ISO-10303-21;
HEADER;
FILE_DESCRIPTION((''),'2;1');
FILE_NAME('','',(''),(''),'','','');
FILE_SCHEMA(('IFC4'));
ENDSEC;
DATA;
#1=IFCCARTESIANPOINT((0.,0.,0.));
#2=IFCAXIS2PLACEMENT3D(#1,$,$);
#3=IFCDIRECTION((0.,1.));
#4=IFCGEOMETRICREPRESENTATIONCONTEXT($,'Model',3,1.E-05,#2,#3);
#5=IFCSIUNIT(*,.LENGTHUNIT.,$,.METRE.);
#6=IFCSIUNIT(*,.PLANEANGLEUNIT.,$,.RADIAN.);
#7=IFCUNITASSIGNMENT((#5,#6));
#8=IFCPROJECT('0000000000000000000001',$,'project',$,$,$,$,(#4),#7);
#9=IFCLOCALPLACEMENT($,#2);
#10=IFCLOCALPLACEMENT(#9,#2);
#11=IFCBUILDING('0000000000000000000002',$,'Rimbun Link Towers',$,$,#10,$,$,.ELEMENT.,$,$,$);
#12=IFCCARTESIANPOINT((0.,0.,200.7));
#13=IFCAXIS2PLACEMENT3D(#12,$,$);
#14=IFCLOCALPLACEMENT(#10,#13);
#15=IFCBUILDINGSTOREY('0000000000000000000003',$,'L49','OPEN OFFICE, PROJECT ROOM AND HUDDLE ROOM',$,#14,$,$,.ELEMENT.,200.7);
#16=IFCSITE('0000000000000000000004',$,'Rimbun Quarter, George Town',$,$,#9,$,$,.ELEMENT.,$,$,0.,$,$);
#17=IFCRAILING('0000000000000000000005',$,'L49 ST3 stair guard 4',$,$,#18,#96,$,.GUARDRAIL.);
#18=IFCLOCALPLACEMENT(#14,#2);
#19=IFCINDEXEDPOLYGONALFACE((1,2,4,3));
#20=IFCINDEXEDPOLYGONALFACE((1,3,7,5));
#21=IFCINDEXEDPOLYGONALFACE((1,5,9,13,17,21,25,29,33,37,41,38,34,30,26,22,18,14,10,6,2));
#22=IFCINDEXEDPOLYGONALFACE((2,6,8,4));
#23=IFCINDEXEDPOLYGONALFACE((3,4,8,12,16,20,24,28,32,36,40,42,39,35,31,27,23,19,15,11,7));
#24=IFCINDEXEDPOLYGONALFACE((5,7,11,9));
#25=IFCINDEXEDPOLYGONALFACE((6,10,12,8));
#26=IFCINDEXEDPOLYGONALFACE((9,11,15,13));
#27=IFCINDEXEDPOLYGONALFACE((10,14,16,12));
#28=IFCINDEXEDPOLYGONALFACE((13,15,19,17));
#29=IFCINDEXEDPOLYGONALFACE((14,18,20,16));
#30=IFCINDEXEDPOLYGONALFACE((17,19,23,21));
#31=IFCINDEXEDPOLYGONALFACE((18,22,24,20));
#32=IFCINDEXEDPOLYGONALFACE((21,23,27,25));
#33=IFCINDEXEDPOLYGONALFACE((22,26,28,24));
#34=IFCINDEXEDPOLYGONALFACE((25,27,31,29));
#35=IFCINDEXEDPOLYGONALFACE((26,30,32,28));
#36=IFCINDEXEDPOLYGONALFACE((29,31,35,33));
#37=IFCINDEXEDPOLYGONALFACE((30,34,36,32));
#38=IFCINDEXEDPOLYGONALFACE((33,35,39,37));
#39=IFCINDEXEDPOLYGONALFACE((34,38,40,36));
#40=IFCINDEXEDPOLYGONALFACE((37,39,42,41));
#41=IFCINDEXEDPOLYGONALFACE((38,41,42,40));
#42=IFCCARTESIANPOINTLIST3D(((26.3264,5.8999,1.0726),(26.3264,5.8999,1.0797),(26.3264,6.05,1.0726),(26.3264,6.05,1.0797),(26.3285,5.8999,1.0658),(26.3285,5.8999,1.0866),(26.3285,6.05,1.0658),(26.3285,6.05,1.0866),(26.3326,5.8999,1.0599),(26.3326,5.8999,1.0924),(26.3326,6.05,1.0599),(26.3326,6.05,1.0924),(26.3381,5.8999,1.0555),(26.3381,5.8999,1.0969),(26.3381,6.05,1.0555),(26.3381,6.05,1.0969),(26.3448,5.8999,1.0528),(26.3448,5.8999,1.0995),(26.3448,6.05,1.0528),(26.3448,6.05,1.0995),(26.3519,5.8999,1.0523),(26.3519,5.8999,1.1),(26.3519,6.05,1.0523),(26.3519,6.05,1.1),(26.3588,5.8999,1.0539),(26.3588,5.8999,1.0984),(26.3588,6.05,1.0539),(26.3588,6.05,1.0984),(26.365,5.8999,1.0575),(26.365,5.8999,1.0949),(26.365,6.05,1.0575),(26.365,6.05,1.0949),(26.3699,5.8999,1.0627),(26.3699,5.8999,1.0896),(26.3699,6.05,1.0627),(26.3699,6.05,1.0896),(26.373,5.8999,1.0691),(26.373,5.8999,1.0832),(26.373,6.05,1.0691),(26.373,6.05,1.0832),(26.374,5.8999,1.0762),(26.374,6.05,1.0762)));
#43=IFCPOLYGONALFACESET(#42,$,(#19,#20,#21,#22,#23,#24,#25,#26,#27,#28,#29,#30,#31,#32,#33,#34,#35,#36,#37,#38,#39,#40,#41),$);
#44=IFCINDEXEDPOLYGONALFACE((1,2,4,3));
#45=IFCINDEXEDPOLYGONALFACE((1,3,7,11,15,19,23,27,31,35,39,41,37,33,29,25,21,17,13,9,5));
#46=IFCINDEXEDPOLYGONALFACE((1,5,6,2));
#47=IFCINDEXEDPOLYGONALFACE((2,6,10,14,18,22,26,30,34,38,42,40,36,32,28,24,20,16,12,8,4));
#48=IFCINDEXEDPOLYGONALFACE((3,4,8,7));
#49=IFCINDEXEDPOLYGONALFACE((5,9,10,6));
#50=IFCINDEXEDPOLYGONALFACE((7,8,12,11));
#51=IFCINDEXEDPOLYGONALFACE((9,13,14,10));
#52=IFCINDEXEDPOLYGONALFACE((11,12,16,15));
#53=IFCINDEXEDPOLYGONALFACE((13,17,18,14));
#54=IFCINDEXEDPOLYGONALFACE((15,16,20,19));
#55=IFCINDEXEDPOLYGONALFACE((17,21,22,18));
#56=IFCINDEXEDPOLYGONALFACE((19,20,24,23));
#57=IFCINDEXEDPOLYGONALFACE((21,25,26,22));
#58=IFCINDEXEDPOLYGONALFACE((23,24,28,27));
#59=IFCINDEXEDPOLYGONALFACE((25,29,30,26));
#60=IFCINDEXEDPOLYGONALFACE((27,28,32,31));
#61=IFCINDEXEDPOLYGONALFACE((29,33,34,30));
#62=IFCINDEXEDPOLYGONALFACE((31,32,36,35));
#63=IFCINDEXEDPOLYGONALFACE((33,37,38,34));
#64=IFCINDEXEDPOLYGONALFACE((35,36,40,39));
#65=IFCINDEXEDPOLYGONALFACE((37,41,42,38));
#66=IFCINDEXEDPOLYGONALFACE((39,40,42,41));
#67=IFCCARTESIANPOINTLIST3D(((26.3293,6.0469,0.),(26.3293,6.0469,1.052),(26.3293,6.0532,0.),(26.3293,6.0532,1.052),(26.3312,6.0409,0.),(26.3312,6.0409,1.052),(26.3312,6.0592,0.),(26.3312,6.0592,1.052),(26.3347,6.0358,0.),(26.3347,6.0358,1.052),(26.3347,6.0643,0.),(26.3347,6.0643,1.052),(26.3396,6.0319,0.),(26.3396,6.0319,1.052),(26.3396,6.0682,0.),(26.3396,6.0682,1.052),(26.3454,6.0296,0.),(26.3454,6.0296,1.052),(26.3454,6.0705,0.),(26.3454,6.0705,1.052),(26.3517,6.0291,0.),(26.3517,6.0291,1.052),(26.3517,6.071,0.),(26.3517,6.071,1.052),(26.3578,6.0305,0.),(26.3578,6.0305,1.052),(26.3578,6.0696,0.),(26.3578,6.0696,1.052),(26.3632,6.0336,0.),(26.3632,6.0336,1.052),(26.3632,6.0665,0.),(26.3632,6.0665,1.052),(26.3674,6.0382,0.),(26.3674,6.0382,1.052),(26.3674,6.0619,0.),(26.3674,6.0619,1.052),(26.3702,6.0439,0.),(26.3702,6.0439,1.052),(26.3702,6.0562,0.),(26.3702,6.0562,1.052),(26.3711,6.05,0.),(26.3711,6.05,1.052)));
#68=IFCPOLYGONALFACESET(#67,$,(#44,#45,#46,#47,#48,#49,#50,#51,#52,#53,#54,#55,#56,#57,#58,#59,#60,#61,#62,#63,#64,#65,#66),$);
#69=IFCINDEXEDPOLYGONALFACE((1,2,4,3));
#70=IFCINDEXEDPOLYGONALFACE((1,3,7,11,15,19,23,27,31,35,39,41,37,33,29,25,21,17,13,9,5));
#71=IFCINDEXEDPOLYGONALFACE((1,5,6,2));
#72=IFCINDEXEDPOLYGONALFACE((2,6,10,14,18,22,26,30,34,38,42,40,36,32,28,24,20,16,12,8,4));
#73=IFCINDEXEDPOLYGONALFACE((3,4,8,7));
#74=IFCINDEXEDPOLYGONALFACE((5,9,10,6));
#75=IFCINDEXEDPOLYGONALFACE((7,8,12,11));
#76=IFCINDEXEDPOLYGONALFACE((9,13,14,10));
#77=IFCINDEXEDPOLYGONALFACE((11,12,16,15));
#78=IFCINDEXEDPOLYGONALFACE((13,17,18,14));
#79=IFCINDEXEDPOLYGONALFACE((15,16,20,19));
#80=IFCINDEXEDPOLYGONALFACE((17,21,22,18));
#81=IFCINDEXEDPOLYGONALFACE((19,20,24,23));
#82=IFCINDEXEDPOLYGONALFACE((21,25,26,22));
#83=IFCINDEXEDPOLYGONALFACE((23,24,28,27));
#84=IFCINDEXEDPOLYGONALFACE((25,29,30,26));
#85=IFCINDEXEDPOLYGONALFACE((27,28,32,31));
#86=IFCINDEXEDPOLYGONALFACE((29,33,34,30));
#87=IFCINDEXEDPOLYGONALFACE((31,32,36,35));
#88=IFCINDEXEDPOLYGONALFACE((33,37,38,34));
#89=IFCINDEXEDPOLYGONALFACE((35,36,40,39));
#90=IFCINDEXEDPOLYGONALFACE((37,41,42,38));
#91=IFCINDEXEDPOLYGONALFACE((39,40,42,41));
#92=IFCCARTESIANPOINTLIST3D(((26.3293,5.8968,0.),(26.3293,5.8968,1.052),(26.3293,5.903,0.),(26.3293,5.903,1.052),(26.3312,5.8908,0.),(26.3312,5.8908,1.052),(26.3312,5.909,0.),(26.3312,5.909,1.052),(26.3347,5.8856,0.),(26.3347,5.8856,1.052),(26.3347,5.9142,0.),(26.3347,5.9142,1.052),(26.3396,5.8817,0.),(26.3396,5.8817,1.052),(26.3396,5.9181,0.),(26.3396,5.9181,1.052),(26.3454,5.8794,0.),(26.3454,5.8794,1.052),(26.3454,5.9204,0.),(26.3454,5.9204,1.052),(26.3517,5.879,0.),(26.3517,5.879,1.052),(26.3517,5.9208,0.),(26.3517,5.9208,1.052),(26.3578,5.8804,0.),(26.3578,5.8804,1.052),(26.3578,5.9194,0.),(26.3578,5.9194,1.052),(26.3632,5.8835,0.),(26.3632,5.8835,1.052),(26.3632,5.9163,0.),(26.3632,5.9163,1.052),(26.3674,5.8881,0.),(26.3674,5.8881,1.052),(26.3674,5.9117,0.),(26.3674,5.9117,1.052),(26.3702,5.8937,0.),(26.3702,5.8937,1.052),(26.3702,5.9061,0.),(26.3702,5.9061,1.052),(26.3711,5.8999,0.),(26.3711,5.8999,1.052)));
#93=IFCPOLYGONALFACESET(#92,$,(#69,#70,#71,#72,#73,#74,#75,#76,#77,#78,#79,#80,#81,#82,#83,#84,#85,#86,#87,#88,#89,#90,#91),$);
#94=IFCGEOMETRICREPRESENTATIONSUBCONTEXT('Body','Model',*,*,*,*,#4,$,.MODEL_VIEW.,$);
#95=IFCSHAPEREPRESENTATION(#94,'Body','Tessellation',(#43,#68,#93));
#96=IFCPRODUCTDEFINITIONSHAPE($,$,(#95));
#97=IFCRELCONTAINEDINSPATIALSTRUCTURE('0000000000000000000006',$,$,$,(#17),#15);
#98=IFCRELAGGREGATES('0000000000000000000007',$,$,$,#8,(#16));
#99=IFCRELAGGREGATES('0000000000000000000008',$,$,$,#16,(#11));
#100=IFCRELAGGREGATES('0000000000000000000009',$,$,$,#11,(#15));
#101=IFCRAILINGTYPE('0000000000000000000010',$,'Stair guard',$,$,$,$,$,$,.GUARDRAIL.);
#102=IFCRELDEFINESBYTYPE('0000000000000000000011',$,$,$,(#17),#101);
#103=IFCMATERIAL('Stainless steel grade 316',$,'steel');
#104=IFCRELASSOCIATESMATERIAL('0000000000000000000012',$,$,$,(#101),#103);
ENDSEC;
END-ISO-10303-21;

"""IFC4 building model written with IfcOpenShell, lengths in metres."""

from ifc_helpers import new_model, si_unit, direction, frame, origin, origin_2d, place, context, subcontext, project, spatial, circle, extrude, material, type_object, element, save


model = new_model("IFC4")

# Units and contexts
model_context = context("Model", 3, precision=1e-05, world=origin(), true_north=direction((0.0, 1.0)))
body_context = subcontext(model_context, "Body", "Model", "MODEL_VIEW")
ifc_project = project(units=[si_unit("LENGTHUNIT", "METRE"), si_unit("PLANEANGLEUNIT", "RADIAN")], contexts=[model_context])

# Site, building, storey
site_placement = place(None, origin())
site = spatial("IfcSite", under=ifc_project, at=site_placement, Name="Rimbun Quarter, George Town", CompositionType="ELEMENT", RefElevation=0.0)
building_placement = place(site_placement, origin())
building = spatial("IfcBuilding", under=site, at=building_placement, Name="Rimbun Link Towers", CompositionType="ELEMENT")
storey_placement = place(building_placement, frame((0.0, 0.0, 200.7)))
storey = spatial("IfcBuildingStorey", under=building, at=storey_placement, Name="L49", Description="OPEN OFFICE, PROJECT ROOM AND HUDDLE ROOM", CompositionType="ELEMENT", Elevation=200.7)

# Railing
ifc_material_1 = material(Name="Stainless steel grade 316", Category="steel")
railing_type_1 = type_object("IfcRailingType", Name="Stair guard", PredefinedType="GUARDRAIL", material=ifc_material_1)
railing_1_placement = place(storey_placement, frame((26.3501, 6.05, 0.0)))
element("IfcRailing", 1, at=railing_1_placement, inside=storey, type_object=railing_type_1, Name="L49 ST3 stair guard 4", PredefinedType="GUARDRAIL", context=body_context, shape_type="SweptSolid", body=[
    extrude(circle(Radius=0.0239, at=origin_2d()), frame((0.0, 0.0, 1.0762), z_axis=(0.0, -1.0, 0.0), x_axis=(1.0, 0.0, 0.0)), (0.0, 0.0, 1.0), 0.1501),
    extrude(circle(Radius=0.021, at=origin_2d()), origin(), (0.0, 0.0, 1.0), 1.052),
    extrude(circle(Radius=0.021, at=origin_2d()), frame((0.0, -0.1501, 0.0)), (0.0, 0.0, 1.0), 1.052),
])

save(model, "model.ifc")
